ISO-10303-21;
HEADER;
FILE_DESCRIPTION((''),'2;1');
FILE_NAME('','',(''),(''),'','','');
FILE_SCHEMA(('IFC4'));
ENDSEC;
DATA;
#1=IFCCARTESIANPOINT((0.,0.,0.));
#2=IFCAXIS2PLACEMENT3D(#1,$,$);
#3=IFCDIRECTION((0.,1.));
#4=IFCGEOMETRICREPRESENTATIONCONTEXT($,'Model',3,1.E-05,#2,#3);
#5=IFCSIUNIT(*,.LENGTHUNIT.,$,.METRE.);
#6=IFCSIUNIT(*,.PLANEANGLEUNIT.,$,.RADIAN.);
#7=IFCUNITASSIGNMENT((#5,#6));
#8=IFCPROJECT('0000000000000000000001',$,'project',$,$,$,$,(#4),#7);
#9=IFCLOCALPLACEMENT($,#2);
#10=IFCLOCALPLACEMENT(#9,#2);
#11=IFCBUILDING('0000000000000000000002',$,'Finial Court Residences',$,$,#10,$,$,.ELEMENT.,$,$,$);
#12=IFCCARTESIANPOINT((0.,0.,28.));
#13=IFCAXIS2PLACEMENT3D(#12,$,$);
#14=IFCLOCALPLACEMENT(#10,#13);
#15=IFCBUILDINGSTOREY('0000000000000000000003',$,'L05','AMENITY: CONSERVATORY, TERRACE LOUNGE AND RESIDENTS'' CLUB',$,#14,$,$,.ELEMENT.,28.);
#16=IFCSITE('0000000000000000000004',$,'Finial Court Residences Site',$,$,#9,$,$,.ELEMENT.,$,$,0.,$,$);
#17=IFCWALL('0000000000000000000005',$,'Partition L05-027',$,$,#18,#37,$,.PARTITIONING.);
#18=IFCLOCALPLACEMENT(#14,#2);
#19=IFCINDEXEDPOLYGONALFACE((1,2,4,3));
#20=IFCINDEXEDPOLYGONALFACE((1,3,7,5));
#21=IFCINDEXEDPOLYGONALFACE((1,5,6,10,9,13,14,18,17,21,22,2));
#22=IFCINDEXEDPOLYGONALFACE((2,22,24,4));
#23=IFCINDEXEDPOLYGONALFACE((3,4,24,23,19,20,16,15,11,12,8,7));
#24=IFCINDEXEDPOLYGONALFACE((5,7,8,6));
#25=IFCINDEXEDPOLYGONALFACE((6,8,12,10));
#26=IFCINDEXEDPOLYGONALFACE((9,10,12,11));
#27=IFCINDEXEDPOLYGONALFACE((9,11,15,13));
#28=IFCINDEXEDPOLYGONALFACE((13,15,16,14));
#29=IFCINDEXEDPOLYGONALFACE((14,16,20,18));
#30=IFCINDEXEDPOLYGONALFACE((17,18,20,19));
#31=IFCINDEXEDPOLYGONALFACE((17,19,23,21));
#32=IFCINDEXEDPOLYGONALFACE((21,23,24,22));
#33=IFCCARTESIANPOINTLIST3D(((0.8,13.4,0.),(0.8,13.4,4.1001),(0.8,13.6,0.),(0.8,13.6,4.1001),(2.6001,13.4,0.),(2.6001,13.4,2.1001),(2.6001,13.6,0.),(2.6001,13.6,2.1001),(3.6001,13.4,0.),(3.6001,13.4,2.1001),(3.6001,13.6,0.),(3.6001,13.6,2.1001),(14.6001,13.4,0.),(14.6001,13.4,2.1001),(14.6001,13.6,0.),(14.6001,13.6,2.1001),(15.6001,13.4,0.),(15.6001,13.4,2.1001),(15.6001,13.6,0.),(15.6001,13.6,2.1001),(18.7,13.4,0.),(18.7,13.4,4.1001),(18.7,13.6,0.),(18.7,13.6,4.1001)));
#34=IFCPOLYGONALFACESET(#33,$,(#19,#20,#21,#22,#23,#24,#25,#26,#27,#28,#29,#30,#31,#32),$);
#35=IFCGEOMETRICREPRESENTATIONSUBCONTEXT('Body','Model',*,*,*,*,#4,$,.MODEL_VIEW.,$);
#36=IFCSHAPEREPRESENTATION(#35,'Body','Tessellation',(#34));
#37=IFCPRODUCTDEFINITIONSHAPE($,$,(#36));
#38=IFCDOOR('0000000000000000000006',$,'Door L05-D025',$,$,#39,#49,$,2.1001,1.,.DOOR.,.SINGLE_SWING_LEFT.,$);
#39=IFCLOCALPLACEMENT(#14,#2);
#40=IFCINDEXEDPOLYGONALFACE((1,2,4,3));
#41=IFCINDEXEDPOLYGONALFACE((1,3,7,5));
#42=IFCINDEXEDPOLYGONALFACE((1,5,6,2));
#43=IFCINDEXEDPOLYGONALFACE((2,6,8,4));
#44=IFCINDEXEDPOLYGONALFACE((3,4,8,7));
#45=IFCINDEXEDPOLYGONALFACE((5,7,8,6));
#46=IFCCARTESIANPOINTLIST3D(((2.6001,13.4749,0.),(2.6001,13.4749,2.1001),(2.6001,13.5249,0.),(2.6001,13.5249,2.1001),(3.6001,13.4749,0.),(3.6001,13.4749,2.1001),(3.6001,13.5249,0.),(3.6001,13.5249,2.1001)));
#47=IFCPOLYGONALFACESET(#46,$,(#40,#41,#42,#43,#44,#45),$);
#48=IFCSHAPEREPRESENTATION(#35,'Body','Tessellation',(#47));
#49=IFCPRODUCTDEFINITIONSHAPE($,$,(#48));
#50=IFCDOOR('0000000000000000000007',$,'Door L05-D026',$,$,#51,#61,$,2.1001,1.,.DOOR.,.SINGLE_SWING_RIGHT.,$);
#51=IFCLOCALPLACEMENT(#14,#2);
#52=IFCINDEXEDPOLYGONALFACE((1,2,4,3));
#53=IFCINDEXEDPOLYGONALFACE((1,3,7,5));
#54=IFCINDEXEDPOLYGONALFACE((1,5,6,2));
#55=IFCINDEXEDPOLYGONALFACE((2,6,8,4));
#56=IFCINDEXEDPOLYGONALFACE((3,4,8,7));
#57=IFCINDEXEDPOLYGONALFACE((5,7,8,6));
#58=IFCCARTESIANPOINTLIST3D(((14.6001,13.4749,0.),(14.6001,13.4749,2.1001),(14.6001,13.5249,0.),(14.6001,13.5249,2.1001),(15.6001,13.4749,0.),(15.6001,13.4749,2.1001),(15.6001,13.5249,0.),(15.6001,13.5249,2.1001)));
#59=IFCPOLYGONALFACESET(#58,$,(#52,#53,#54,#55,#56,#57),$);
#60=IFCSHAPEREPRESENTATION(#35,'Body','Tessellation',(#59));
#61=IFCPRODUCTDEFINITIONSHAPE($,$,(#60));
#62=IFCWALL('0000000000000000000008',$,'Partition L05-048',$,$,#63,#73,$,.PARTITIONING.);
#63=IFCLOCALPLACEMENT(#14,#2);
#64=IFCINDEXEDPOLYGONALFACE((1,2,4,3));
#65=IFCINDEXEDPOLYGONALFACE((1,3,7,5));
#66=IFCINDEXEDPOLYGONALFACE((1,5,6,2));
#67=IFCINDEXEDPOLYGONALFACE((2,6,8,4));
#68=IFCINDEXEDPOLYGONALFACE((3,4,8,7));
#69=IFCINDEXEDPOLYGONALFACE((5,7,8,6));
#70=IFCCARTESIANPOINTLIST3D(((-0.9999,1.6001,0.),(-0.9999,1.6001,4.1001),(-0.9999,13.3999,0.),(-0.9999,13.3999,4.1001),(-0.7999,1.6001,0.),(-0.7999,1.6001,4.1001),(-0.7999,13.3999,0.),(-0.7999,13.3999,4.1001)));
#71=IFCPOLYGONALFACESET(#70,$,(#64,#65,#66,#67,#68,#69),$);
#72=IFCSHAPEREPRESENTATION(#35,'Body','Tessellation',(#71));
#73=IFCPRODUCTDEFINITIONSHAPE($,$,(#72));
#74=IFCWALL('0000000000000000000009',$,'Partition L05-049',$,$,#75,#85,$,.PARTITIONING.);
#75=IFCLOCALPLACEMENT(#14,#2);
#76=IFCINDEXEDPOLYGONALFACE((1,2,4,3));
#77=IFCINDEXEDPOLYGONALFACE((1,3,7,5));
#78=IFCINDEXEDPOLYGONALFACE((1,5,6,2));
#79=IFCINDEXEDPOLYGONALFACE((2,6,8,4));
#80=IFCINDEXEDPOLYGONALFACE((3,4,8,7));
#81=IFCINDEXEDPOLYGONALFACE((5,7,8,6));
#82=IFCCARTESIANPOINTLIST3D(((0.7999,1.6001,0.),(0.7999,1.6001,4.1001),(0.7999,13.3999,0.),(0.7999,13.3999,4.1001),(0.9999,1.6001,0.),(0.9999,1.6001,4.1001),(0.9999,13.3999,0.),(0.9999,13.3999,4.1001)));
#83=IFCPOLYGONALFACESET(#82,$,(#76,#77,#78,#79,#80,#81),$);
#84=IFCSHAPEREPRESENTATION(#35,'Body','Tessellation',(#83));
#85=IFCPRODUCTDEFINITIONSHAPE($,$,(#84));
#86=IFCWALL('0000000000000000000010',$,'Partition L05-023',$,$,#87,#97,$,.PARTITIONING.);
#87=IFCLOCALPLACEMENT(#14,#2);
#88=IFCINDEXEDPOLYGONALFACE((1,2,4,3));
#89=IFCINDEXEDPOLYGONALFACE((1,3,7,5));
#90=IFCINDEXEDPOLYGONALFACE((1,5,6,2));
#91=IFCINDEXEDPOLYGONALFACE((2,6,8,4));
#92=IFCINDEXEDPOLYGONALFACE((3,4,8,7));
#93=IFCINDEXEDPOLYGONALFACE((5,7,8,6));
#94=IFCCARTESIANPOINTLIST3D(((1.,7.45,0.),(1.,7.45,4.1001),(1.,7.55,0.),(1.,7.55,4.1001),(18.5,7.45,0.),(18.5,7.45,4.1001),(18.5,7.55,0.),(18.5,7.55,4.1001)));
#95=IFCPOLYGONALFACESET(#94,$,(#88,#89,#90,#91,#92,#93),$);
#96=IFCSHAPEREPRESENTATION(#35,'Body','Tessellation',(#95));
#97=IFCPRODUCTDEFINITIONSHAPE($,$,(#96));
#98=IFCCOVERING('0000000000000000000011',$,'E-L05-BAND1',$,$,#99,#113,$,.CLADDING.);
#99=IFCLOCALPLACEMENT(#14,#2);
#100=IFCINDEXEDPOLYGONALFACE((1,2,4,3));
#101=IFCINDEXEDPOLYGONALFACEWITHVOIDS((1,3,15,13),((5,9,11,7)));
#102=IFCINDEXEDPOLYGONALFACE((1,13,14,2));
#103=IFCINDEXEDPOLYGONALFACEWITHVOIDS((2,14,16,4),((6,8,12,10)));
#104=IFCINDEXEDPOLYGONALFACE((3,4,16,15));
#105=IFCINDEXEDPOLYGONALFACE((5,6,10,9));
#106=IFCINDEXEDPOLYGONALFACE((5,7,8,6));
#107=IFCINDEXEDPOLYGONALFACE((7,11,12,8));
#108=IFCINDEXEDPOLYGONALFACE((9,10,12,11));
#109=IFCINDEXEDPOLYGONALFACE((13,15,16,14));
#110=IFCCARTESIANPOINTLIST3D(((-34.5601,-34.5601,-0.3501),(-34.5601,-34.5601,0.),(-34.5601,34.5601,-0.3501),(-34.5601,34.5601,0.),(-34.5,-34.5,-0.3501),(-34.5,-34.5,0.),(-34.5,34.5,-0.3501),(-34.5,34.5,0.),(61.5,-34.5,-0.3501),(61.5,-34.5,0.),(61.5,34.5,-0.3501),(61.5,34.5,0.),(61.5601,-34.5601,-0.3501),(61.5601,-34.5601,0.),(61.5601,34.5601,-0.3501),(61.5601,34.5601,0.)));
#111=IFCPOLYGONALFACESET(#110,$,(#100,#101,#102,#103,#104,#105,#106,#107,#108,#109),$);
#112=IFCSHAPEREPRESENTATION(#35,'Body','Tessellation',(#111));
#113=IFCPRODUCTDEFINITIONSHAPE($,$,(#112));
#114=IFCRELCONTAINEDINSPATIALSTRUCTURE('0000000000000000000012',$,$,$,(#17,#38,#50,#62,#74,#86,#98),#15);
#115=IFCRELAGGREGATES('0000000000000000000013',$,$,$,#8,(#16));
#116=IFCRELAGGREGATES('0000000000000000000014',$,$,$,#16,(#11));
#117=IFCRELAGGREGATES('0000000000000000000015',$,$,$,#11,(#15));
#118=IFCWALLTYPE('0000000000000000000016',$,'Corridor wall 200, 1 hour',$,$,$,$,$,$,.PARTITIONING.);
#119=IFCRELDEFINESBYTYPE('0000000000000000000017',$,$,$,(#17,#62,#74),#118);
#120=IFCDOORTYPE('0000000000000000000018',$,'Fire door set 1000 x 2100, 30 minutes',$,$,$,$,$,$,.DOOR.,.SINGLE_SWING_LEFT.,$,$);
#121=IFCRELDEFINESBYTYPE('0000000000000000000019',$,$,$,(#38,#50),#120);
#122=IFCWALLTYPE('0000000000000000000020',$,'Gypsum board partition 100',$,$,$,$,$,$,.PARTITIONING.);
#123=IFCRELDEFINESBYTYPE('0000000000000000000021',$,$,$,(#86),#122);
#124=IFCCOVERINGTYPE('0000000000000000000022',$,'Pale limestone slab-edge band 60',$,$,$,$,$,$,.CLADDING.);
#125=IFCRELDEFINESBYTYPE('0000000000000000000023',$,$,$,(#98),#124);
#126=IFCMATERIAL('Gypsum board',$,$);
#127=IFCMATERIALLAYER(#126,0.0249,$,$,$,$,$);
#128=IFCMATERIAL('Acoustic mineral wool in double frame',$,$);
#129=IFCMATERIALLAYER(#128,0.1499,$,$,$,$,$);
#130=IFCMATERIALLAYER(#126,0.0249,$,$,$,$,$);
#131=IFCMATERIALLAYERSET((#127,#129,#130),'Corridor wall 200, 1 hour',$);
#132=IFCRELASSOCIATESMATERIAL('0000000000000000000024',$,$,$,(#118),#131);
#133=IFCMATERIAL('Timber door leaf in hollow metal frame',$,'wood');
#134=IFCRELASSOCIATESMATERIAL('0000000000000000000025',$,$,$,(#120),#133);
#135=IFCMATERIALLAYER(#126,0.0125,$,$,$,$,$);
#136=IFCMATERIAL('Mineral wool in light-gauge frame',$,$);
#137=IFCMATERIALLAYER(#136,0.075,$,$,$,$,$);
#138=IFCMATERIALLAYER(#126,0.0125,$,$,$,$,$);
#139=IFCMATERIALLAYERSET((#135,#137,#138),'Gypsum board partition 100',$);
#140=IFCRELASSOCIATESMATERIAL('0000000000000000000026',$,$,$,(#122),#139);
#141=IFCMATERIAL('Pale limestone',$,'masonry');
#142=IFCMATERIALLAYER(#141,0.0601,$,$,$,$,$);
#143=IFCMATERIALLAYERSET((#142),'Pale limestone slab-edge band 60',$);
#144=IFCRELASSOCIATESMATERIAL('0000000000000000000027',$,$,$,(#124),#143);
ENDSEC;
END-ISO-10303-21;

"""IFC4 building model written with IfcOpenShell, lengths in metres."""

from ifc_helpers import new_model, si_unit, direction, frame, frame_2d, origin, place, context, subcontext, project, spatial, polyline, rectangle, outline, extrude, material, layer, layer_set, type_object, element, fill, save


model = new_model("IFC4")

# Units and contexts
model_context = context("Model", 3, precision=1e-05, world=origin(), true_north=direction((0.0, 1.0)))
body_context = subcontext(model_context, "Body", "Model", "MODEL_VIEW")
ifc_project = project(units=[si_unit("LENGTHUNIT", "METRE"), si_unit("PLANEANGLEUNIT", "RADIAN")], contexts=[model_context])

# Site, building, storey
site_placement = place(None, origin())
site = spatial("IfcSite", under=ifc_project, at=site_placement, Name="Finial Court Residences Site", CompositionType="ELEMENT", RefElevation=0.0)
building_placement = place(site_placement, origin())
building = spatial("IfcBuilding", under=site, at=building_placement, Name="Finial Court Residences", CompositionType="ELEMENT")
storey_placement = place(building_placement, frame((0.0, 0.0, 28.0)))
storey = spatial("IfcBuildingStorey", under=building, at=storey_placement, Name="L05", Description="AMENITY: CONSERVATORY, TERRACE LOUNGE AND RESIDENTS' CLUB", CompositionType="ELEMENT", Elevation=28.0)

# Wall, openings, doors
ifc_material_1 = material(Name="Gypsum board")
ifc_layer_1 = layer(ifc_material_1, 0.0249)
ifc_material_2 = material(Name="Acoustic mineral wool in double frame")
ifc_layer_2 = layer(ifc_material_2, 0.1499)
ifc_layer_3 = layer(ifc_material_1, 0.0249)
ifc_layer_set_1 = layer_set([ifc_layer_1, ifc_layer_2, ifc_layer_3], Name="Corridor wall 200, 1 hour")
wall_type_1 = type_object("IfcWallType", Name="Corridor wall 200, 1 hour", PredefinedType="PARTITIONING", material=ifc_layer_set_1)
ifc_material_3 = material(Name="Timber door leaf in hollow metal frame", Category="wood")
door_type = type_object("IfcDoorType", Name="Fire door set 1000 x 2100, 30 minutes", OperationType="SINGLE_SWING_LEFT", PredefinedType="DOOR", material=ifc_material_3)
wall_1_placement = place(storey_placement, frame((0.8, 13.5, 0.0), z_axis=(0.0, 0.0, 1.0), x_axis=(1.0, 0.0, 0.0)))
wall_1 = element("IfcWall", 1, at=wall_1_placement, inside=storey, type_object=wall_type_1, Name="Partition L05-027", PredefinedType="PARTITIONING", context=body_context, shape_type="SweptSolid", body=[
    extrude(rectangle(XDim=17.8999, YDim=0.2, at=frame_2d((8.95, 0.0))), origin(), (0.0, 0.0, 1.0), 4.1001),
])
opening_1_placement = place(wall_1_placement, frame((1.8, 0.0, 0.0)))
opening_1 = element("IfcOpeningElement", 2, at=opening_1_placement, cuts=wall_1, PredefinedType="OPENING", context=body_context, shape_type="SweptSolid", body=[
    extrude(rectangle(XDim=1.0, YDim=2.1001, at=frame_2d((0.5, 1.05))), frame((0.0, 0.1099, 0.0), z_axis=(0.0, -1.0, 0.0), x_axis=(1.0, 0.0, 0.0)), (0.0, 0.0, 1.0), 0.22),
])
opening_2_placement = place(wall_1_placement, frame((13.8, 0.0, 0.0)))
opening_2 = element("IfcOpeningElement", 3, at=opening_2_placement, cuts=wall_1, PredefinedType="OPENING", context=body_context, shape_type="SweptSolid", body=[
    extrude(rectangle(XDim=1.0, YDim=2.1001, at=frame_2d((0.5, 1.05))), frame((0.0, 0.1099, 0.0), z_axis=(0.0, -1.0, 0.0), x_axis=(1.0, 0.0, 0.0)), (0.0, 0.0, 1.0), 0.22),
])
door_1_placement = place(opening_1_placement, origin())
door_1 = element("IfcDoor", 4, at=door_1_placement, inside=storey, type_object=door_type, Name="Door L05-D025", OperationType="SINGLE_SWING_LEFT", OverallHeight=2.1001, OverallWidth=1.0, PredefinedType="DOOR", context=body_context, shape_type="SweptSolid", body=[
    extrude(rectangle(XDim=1.0, YDim=2.1001, at=frame_2d((0.5, 1.05))), frame((0.0, 0.0249, 0.0), z_axis=(0.0, -1.0, 0.0), x_axis=(1.0, 0.0, 0.0)), (0.0, 0.0, 1.0), 0.05),
])
fill(opening_1, door_1)
door_2_placement = place(opening_2_placement, origin())
door_2 = element("IfcDoor", 5, at=door_2_placement, inside=storey, type_object=door_type, Name="Door L05-D026", OperationType="SINGLE_SWING_RIGHT", OverallHeight=2.1001, OverallWidth=1.0, PredefinedType="DOOR", context=body_context, shape_type="SweptSolid", body=[
    extrude(rectangle(XDim=1.0, YDim=2.1001, at=frame_2d((0.5, 1.05))), frame((0.0, 0.0249, 0.0), z_axis=(0.0, -1.0, 0.0), x_axis=(1.0, 0.0, 0.0)), (0.0, 0.0, 1.0), 0.05),
])
fill(opening_2, door_2)

# Walls
for number, where, z_axis, x_axis, name in (
    (6, (-0.8999, 1.6001, 0.0), (0.0, 0.0, 1.0), (0.0, 1.0, 0.0), "Partition L05-048"),
    (7, (0.8999, 1.6001, 0.0), (0.0, 0.0, 1.0), (0.0, 1.0, 0.0), "Partition L05-049"),
):
    element("IfcWall", number, at=place(storey_placement, frame(where, z_axis=z_axis, x_axis=x_axis)), inside=storey, type_object=wall_type_1, Name=name, PredefinedType="PARTITIONING", context=body_context, shape_type="SweptSolid", body=[
        extrude(rectangle(XDim=11.7998, YDim=0.2, at=frame_2d((5.8999, 0.0))), origin(), (0.0, 0.0, 1.0), 4.1001),
    ])
ifc_layer_4 = layer(ifc_material_1, 0.0125)
ifc_material_4 = material(Name="Mineral wool in light-gauge frame")
ifc_layer_5 = layer(ifc_material_4, 0.075)
ifc_layer_6 = layer(ifc_material_1, 0.0125)
ifc_layer_set_2 = layer_set([ifc_layer_4, ifc_layer_5, ifc_layer_6], Name="Gypsum board partition 100")
wall_type_2 = type_object("IfcWallType", Name="Gypsum board partition 100", PredefinedType="PARTITIONING", material=ifc_layer_set_2)
wall_2_placement = place(storey_placement, frame((1.0, 7.5, 0.0), z_axis=(0.0, 0.0, 1.0), x_axis=(1.0, 0.0, 0.0)))
element("IfcWall", 8, at=wall_2_placement, inside=storey, type_object=wall_type_2, Name="Partition L05-023", PredefinedType="PARTITIONING", context=body_context, shape_type="SweptSolid", body=[
    extrude(rectangle(XDim=17.5, YDim=0.1001, at=frame_2d((8.75, 0.0))), origin(), (0.0, 0.0, 1.0), 4.1001),
])

# Covering
ifc_material_5 = material(Name="Pale limestone", Category="masonry")
ifc_layer_7 = layer(ifc_material_5, 0.0601)
ifc_layer_set_3 = layer_set([ifc_layer_7], Name="Pale limestone slab-edge band 60")
covering_type = type_object("IfcCoveringType", Name="Pale limestone slab-edge band 60", PredefinedType="CLADDING", material=ifc_layer_set_3)
covering_placement = place(storey_placement, frame((0.0, 0.0, -0.3501)))
element("IfcCovering", 9, at=covering_placement, inside=storey, type_object=covering_type, Name="E-L05-BAND1", PredefinedType="CLADDING", context=body_context, shape_type="SweptSolid", body=[
    extrude(outline(polyline([(-34.5601, 34.5601), (61.5601, 34.5601), (61.5601, -34.5601), (-34.5601, -34.5601), (-34.5601, 34.5601)]), holes=[polyline([(61.5, -34.5), (61.5, 34.5), (-34.5, 34.5), (-34.5, -34.5), (61.5, -34.5)])]), origin(), (0.0, 0.0, 1.0), 0.3501),
])

save(model, "model.ifc")
